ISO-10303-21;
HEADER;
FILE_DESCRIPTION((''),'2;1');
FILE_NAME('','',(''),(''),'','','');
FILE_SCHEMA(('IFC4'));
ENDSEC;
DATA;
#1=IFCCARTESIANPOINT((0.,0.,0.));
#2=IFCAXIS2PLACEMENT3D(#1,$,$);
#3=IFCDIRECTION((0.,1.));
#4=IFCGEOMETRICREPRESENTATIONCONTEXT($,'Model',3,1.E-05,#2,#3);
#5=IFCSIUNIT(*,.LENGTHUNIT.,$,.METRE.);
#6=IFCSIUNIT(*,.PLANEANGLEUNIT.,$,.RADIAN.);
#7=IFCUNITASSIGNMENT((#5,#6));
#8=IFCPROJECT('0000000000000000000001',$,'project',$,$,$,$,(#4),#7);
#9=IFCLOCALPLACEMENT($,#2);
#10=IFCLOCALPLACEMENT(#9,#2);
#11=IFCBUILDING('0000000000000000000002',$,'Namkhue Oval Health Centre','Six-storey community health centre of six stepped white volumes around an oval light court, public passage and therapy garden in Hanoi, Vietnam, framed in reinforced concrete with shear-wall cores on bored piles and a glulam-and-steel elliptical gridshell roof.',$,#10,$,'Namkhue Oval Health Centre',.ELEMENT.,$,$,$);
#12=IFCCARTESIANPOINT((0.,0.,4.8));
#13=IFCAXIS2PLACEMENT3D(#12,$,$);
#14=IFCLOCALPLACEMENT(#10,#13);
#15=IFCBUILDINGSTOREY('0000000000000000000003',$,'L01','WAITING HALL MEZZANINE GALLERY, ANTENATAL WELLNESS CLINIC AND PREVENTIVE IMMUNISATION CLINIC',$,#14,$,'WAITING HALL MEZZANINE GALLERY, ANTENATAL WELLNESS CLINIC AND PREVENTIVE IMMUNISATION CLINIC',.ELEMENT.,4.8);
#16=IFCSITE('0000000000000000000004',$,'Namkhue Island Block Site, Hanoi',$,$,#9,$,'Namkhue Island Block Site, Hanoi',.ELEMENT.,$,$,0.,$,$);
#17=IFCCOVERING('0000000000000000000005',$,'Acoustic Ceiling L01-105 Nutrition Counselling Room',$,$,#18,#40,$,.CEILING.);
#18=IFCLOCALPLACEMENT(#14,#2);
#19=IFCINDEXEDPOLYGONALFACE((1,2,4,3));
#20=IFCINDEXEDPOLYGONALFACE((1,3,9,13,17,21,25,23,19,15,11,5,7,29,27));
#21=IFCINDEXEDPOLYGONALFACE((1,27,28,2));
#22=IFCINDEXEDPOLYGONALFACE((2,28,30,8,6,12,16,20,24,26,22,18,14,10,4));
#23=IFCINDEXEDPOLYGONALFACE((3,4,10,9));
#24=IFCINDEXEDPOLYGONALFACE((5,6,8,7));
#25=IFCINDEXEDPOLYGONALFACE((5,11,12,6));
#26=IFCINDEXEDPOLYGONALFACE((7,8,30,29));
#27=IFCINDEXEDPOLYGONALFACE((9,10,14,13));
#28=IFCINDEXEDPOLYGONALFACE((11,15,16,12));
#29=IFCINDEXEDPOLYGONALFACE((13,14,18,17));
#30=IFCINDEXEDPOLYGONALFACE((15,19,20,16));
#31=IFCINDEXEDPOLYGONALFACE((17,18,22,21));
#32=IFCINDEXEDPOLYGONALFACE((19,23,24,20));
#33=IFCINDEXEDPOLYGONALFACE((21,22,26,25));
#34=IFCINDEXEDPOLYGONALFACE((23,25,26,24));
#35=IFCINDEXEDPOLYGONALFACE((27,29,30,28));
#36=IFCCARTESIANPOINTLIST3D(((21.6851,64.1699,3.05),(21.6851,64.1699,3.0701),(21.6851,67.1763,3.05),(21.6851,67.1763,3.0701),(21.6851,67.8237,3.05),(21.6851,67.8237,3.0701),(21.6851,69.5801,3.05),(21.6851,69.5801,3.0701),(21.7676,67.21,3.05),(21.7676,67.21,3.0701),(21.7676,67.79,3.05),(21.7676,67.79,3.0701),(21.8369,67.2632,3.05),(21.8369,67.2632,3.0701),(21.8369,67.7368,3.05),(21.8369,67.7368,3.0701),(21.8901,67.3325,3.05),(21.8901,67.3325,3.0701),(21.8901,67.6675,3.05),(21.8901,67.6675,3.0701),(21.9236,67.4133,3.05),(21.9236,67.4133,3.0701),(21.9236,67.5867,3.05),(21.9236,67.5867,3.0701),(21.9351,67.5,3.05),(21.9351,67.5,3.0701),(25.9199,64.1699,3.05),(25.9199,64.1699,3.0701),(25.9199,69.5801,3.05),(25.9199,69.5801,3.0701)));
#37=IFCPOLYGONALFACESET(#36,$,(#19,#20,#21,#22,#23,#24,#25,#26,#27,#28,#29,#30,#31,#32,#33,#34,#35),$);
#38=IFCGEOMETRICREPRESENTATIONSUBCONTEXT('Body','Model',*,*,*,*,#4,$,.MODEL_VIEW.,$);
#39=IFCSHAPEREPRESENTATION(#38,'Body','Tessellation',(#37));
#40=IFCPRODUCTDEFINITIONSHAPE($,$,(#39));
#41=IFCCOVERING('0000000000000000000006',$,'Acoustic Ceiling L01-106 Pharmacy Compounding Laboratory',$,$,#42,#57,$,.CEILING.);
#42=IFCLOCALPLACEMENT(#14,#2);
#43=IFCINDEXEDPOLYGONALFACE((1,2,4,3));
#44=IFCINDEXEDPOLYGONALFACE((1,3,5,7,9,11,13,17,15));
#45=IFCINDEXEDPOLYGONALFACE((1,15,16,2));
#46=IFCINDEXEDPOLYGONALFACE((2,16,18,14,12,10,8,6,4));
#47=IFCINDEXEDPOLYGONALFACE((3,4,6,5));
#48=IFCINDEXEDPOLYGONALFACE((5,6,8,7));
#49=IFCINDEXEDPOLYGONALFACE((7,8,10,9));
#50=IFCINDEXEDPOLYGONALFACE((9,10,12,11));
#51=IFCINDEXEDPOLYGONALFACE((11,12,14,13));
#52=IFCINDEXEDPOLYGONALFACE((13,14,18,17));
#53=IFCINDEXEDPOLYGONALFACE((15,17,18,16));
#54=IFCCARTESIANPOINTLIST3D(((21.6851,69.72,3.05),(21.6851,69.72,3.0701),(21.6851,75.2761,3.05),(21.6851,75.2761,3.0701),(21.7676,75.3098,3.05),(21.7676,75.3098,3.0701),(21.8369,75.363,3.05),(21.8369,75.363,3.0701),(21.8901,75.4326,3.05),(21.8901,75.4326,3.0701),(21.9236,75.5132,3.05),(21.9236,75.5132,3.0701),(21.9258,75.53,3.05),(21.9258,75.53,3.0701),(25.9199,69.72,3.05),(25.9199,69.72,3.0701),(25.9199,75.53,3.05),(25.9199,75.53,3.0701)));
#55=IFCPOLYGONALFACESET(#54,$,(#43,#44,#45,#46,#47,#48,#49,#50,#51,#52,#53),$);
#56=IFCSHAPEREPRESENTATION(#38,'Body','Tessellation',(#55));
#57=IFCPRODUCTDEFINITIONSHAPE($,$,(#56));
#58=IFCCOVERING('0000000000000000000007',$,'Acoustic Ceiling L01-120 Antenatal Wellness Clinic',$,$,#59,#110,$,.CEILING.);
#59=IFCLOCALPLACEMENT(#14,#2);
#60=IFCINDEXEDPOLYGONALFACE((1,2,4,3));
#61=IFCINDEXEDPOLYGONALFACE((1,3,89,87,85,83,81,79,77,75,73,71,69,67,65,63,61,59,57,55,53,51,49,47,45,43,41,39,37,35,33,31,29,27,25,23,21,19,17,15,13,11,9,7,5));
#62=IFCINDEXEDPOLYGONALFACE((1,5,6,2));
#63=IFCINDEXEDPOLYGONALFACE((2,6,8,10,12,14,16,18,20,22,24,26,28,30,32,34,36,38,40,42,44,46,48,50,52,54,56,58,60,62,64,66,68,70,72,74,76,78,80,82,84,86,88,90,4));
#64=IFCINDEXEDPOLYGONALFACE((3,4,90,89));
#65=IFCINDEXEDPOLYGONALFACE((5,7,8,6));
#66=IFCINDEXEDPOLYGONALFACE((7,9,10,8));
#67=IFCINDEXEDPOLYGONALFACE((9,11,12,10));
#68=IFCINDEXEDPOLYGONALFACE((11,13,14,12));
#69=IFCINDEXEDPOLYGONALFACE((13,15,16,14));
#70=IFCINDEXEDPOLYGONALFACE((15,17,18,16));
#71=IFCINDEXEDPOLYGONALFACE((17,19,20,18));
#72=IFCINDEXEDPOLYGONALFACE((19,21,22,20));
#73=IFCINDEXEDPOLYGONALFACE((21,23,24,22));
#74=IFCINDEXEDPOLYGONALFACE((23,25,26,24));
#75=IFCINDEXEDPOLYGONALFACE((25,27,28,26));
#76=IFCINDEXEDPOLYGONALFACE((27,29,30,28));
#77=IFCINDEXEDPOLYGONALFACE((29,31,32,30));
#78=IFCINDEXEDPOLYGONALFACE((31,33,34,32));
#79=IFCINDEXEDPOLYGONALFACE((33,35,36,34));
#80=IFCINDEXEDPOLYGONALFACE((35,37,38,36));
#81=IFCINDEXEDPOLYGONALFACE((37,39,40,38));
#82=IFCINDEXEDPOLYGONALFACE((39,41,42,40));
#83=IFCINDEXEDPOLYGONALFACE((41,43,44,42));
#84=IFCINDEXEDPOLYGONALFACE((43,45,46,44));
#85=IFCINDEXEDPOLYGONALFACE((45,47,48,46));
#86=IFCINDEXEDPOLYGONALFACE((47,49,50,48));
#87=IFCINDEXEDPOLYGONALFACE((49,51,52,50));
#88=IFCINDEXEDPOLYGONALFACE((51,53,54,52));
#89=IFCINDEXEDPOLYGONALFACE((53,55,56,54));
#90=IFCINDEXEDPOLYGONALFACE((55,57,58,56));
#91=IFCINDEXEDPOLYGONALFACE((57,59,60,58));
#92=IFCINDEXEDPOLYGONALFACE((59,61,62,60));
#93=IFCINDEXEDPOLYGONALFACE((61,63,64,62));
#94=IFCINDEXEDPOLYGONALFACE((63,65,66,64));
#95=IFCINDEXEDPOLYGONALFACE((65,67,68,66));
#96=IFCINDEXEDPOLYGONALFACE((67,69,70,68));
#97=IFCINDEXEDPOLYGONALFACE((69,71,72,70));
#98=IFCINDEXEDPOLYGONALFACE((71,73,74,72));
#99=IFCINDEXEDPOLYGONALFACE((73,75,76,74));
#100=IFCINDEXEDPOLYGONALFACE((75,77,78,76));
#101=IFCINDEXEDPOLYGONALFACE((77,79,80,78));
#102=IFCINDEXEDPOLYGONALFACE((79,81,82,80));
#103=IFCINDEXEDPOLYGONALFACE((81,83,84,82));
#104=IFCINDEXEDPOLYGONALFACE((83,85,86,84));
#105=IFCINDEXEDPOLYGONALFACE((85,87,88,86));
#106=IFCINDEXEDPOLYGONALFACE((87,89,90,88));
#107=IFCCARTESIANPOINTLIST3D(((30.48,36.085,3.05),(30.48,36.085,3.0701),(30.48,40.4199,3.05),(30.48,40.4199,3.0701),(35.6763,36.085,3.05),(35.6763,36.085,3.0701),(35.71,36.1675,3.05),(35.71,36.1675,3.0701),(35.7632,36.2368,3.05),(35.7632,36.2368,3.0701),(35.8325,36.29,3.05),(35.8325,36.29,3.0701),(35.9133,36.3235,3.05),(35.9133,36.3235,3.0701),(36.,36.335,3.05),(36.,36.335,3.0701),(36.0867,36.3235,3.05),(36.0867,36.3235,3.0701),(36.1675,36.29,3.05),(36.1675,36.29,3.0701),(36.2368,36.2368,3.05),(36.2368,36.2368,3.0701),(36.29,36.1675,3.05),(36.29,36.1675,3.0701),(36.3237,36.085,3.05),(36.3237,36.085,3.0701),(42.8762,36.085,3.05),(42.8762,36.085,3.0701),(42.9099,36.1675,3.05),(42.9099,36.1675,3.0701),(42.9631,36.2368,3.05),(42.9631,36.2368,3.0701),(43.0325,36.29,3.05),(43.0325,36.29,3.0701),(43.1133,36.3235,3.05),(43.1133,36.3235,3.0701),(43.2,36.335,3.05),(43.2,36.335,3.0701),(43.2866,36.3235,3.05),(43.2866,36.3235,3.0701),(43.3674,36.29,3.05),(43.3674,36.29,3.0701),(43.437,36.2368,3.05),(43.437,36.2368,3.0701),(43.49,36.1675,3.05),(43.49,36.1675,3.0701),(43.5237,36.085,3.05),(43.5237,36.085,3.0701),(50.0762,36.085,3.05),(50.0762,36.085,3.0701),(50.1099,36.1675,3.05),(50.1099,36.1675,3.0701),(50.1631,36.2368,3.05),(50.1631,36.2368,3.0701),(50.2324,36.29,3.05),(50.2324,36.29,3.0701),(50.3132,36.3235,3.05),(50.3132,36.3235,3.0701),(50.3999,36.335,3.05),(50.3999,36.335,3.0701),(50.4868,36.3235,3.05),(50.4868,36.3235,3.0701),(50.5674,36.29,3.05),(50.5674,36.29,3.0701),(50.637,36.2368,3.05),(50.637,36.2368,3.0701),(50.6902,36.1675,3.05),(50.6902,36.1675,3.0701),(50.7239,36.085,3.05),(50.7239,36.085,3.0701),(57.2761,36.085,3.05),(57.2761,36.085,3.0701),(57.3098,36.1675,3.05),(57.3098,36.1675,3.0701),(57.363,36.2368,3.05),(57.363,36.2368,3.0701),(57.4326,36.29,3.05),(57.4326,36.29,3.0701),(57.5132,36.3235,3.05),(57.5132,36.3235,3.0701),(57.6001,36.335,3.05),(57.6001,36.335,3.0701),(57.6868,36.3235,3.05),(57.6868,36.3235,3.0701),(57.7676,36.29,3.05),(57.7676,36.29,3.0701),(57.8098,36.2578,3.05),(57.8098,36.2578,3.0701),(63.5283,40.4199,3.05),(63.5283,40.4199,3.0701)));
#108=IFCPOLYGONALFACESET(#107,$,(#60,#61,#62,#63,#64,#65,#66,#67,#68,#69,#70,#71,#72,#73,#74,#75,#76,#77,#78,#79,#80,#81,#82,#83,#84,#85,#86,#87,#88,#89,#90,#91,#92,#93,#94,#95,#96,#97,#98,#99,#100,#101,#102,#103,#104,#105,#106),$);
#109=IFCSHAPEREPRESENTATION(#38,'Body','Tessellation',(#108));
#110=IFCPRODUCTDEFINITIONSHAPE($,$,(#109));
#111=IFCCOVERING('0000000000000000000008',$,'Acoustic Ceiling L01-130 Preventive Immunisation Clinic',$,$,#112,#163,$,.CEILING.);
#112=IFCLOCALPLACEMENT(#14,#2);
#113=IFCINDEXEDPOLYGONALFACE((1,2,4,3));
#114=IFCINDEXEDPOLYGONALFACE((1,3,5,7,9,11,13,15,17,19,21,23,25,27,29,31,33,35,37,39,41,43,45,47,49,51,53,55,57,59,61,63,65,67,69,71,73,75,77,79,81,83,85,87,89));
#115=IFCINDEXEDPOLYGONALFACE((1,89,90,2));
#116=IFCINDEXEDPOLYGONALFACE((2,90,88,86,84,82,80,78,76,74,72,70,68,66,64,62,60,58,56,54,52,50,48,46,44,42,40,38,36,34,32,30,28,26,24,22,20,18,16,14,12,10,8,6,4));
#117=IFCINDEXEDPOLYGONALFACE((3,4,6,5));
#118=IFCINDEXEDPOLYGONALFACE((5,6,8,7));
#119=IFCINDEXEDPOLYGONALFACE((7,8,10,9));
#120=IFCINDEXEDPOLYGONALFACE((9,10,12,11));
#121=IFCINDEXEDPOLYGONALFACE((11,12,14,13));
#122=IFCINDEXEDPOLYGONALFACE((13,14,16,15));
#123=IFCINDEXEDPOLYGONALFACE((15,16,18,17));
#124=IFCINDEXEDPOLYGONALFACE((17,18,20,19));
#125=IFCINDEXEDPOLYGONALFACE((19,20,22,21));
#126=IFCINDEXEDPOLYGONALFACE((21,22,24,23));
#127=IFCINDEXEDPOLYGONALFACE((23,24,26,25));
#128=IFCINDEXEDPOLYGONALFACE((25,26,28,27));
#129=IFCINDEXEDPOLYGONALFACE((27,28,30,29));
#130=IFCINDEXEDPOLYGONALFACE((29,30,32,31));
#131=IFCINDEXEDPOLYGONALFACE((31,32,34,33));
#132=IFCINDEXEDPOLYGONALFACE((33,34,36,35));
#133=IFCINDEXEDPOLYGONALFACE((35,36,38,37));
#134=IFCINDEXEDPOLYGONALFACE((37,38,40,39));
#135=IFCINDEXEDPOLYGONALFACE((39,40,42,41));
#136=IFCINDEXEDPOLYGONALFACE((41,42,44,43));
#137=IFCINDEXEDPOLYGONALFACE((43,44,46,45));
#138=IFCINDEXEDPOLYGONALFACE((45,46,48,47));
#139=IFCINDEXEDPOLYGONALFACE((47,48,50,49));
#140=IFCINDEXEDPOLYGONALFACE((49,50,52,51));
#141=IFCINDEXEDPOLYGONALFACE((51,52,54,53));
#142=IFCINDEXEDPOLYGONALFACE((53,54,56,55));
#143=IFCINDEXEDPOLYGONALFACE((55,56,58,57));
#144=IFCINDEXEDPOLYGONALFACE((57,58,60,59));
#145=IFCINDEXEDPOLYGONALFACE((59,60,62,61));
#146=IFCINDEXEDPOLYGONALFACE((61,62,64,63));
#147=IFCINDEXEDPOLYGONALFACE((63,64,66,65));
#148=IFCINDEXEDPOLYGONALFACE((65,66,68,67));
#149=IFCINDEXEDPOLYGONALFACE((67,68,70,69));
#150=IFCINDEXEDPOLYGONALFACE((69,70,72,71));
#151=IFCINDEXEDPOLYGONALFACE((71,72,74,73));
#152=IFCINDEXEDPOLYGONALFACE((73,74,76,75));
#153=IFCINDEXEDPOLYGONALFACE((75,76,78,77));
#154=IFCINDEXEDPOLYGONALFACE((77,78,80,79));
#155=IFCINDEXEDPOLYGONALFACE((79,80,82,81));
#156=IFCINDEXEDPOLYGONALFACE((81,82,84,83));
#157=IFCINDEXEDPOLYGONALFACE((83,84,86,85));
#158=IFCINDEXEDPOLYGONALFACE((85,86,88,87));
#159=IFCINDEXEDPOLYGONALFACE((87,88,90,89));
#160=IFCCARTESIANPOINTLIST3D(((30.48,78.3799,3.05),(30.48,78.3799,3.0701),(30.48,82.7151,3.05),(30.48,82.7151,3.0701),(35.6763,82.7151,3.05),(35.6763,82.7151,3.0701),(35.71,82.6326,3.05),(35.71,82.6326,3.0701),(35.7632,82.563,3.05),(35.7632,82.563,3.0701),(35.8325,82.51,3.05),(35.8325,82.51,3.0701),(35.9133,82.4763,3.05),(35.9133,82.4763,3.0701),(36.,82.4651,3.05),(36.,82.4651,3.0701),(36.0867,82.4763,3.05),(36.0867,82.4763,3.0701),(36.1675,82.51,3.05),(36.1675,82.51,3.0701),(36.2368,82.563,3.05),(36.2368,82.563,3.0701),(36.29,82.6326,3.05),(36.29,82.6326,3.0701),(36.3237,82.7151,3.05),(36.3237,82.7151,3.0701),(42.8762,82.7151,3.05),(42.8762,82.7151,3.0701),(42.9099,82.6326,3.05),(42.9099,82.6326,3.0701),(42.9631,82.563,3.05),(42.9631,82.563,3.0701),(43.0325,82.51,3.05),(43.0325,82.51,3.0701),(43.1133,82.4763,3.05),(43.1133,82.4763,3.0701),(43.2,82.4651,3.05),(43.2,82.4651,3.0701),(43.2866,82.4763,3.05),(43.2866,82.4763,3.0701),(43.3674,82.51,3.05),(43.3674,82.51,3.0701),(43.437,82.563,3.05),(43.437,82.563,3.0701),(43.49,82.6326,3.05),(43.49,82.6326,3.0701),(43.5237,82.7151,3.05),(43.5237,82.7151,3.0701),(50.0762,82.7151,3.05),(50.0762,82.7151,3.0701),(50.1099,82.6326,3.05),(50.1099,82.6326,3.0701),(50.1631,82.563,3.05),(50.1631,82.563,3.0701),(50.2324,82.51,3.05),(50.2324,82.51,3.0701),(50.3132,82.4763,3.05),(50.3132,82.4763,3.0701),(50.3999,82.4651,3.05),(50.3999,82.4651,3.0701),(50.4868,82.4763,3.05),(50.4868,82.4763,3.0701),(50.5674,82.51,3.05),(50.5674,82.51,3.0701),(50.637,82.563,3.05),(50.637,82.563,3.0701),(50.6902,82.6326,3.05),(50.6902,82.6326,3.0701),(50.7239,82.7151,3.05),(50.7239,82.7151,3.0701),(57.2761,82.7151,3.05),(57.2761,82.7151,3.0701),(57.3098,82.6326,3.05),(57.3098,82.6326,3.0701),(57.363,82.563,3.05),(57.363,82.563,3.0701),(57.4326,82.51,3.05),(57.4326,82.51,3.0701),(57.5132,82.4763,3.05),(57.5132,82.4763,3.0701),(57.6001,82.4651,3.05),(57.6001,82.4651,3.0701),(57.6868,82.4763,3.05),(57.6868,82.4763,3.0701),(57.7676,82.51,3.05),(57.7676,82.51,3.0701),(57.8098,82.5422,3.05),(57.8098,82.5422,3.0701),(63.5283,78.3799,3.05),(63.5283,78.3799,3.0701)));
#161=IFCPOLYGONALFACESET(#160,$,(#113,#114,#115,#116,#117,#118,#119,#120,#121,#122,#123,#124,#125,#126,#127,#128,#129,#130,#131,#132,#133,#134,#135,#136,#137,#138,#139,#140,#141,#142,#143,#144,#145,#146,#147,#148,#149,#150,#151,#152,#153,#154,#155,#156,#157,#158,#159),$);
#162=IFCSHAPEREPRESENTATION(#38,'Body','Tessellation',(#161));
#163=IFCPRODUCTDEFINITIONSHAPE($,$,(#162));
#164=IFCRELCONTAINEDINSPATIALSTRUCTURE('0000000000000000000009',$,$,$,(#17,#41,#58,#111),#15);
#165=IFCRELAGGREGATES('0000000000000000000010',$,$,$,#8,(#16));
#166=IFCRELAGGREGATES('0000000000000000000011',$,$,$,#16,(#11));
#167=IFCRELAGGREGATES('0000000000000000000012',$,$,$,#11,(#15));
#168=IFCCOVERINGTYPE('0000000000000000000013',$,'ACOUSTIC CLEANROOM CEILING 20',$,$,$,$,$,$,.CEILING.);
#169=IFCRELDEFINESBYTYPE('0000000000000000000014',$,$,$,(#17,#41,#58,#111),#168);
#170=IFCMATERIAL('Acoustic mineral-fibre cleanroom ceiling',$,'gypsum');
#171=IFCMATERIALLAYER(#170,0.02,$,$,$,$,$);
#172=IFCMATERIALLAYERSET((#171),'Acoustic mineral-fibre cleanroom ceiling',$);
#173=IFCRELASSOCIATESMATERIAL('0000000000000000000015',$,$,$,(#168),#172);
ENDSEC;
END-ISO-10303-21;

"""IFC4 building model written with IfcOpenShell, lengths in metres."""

from ifc_helpers import new_model, si_unit, direction, frame, origin, place, context, subcontext, project, spatial, polyline, outline, extrude, material, layer, layer_set, type_object, element, save


model = new_model("IFC4")

# Units and contexts
model_context = context("Model", 3, precision=1e-05, world=origin(), true_north=direction((0.0, 1.0)))
body_context = subcontext(model_context, "Body", "Model", "MODEL_VIEW")
ifc_project = project(units=[si_unit("LENGTHUNIT", "METRE"), si_unit("PLANEANGLEUNIT", "RADIAN")], contexts=[model_context])

# Site, building, storey
site_placement = place(None, origin())
site = spatial("IfcSite", under=ifc_project, at=site_placement, Name="Namkhue Island Block Site, Hanoi", LongName="Namkhue Island Block Site, Hanoi", CompositionType="ELEMENT", RefElevation=0.0)
building_placement = place(site_placement, origin())
building = spatial("IfcBuilding", under=site, at=building_placement, Name="Namkhue Oval Health Centre", Description="Six-storey community health centre of six stepped white volumes around an oval light court, public passage and therapy garden in Hanoi, Vietnam, framed in reinforced concrete with shear-wall cores on bored piles and a glulam-and-steel elliptical gridshell roof.", LongName="Namkhue Oval Health Centre", CompositionType="ELEMENT")
storey_placement = place(building_placement, frame((0.0, 0.0, 4.8)))
storey = spatial("IfcBuildingStorey", under=building, at=storey_placement, Name="L01", Description="WAITING HALL MEZZANINE GALLERY, ANTENATAL WELLNESS CLINIC AND PREVENTIVE IMMUNISATION CLINIC", LongName="WAITING HALL MEZZANINE GALLERY, ANTENATAL WELLNESS CLINIC AND PREVENTIVE IMMUNISATION CLINIC", CompositionType="ELEMENT", Elevation=4.8)

# Coverings
ifc_material = material(Name="Acoustic mineral-fibre cleanroom ceiling", Category="gypsum")
ifc_layer = layer(ifc_material, 0.02)
ifc_layer_set = layer_set([ifc_layer], Name="Acoustic mineral-fibre cleanroom ceiling")
covering_type = type_object("IfcCoveringType", Name="ACOUSTIC CLEANROOM CEILING 20", PredefinedType="CEILING", material=ifc_layer_set)
covering_1_placement = place(storey_placement, frame((0.0, 0.0, 3.05)))
element("IfcCovering", 1, at=covering_1_placement, inside=storey, type_object=covering_type, Name="Acoustic Ceiling L01-105 Nutrition Counselling Room", PredefinedType="CEILING", context=body_context, shape_type="SweptSolid", body=[
    extrude(outline(polyline([(21.6851, 64.1699), (21.6851, 67.1763), (21.7676, 67.21), (21.8369, 67.2632), (21.8901, 67.3325), (21.9236, 67.4133), (21.9351, 67.5), (21.9236, 67.5867), (21.8901, 67.6675), (21.8369, 67.7368), (21.7676, 67.79), (21.6851, 67.8237), (21.6851, 69.5801), (25.9199, 69.5801), (25.9199, 64.1699), (21.6851, 64.1699)])), origin(), (0.0, 0.0, 1.0), 0.02),
])
covering_2_placement = place(storey_placement, frame((0.0, 0.0, 3.05)))
element("IfcCovering", 2, at=covering_2_placement, inside=storey, type_object=covering_type, Name="Acoustic Ceiling L01-106 Pharmacy Compounding Laboratory", PredefinedType="CEILING", context=body_context, shape_type="SweptSolid", body=[
    extrude(outline(polyline([(21.6851, 69.72), (21.6851, 75.2761), (21.7676, 75.3098), (21.8369, 75.363), (21.8901, 75.4326), (21.9236, 75.5132), (21.9258, 75.53), (25.9199, 75.53), (25.9199, 69.72), (21.6851, 69.72)])), origin(), (0.0, 0.0, 1.0), 0.02),
])
covering_3_placement = place(storey_placement, frame((0.0, 0.0, 3.05)))
element("IfcCovering", 3, at=covering_3_placement, inside=storey, type_object=covering_type, Name="Acoustic Ceiling L01-120 Antenatal Wellness Clinic", PredefinedType="CEILING", context=body_context, shape_type="SweptSolid", body=[
    extrude(outline(polyline([(57.8098, 36.2578), (57.7676, 36.29), (57.6868, 36.3235), (57.6001, 36.335), (57.5132, 36.3235), (57.4326, 36.29), (57.363, 36.2368), (57.3098, 36.1675), (57.2761, 36.085), (50.7239, 36.085), (50.6902, 36.1675), (50.637, 36.2368), (50.5674, 36.29), (50.4868, 36.3235), (50.3999, 36.335), (50.3132, 36.3235), (50.2324, 36.29), (50.1631, 36.2368), (50.1099, 36.1675), (50.0762, 36.085), (43.5237, 36.085), (43.49, 36.1675), (43.437, 36.2368), (43.3674, 36.29), (43.2866, 36.3235), (43.2, 36.335), (43.1133, 36.3235), (43.0325, 36.29), (42.9631, 36.2368), (42.9099, 36.1675), (42.8762, 36.085), (36.3237, 36.085), (36.29, 36.1675), (36.2368, 36.2368), (36.1675, 36.29), (36.0867, 36.3235), (36.0, 36.335), (35.9133, 36.3235), (35.8325, 36.29), (35.7632, 36.2368), (35.71, 36.1675), (35.6763, 36.085), (30.48, 36.085), (30.48, 40.4199), (63.5283, 40.4199), (57.8098, 36.2578)])), origin(), (0.0, 0.0, 1.0), 0.02),
])
covering_4_placement = place(storey_placement, frame((0.0, 0.0, 3.05)))
element("IfcCovering", 4, at=covering_4_placement, inside=storey, type_object=covering_type, Name="Acoustic Ceiling L01-130 Preventive Immunisation Clinic", PredefinedType="CEILING", context=body_context, shape_type="SweptSolid", body=[
    extrude(outline(polyline([(30.48, 78.3799), (30.48, 82.7151), (35.6763, 82.7151), (35.71, 82.6326), (35.7632, 82.563), (35.8325, 82.51), (35.9133, 82.4763), (36.0, 82.4651), (36.0867, 82.4763), (36.1675, 82.51), (36.2368, 82.563), (36.29, 82.6326), (36.3237, 82.7151), (42.8762, 82.7151), (42.9099, 82.6326), (42.9631, 82.563), (43.0325, 82.51), (43.1133, 82.4763), (43.2, 82.4651), (43.2866, 82.4763), (43.3674, 82.51), (43.437, 82.563), (43.49, 82.6326), (43.5237, 82.7151), (50.0762, 82.7151), (50.1099, 82.6326), (50.1631, 82.563), (50.2324, 82.51), (50.3132, 82.4763), (50.3999, 82.4651), (50.4868, 82.4763), (50.5674, 82.51), (50.637, 82.563), (50.6902, 82.6326), (50.7239, 82.7151), (57.2761, 82.7151), (57.3098, 82.6326), (57.363, 82.563), (57.4326, 82.51), (57.5132, 82.4763), (57.6001, 82.4651), (57.6868, 82.4763), (57.7676, 82.51), (57.8098, 82.5422), (63.5283, 78.3799), (30.48, 78.3799)])), origin(), (0.0, 0.0, 1.0), 0.02),
])

save(model, "model.ifc")
